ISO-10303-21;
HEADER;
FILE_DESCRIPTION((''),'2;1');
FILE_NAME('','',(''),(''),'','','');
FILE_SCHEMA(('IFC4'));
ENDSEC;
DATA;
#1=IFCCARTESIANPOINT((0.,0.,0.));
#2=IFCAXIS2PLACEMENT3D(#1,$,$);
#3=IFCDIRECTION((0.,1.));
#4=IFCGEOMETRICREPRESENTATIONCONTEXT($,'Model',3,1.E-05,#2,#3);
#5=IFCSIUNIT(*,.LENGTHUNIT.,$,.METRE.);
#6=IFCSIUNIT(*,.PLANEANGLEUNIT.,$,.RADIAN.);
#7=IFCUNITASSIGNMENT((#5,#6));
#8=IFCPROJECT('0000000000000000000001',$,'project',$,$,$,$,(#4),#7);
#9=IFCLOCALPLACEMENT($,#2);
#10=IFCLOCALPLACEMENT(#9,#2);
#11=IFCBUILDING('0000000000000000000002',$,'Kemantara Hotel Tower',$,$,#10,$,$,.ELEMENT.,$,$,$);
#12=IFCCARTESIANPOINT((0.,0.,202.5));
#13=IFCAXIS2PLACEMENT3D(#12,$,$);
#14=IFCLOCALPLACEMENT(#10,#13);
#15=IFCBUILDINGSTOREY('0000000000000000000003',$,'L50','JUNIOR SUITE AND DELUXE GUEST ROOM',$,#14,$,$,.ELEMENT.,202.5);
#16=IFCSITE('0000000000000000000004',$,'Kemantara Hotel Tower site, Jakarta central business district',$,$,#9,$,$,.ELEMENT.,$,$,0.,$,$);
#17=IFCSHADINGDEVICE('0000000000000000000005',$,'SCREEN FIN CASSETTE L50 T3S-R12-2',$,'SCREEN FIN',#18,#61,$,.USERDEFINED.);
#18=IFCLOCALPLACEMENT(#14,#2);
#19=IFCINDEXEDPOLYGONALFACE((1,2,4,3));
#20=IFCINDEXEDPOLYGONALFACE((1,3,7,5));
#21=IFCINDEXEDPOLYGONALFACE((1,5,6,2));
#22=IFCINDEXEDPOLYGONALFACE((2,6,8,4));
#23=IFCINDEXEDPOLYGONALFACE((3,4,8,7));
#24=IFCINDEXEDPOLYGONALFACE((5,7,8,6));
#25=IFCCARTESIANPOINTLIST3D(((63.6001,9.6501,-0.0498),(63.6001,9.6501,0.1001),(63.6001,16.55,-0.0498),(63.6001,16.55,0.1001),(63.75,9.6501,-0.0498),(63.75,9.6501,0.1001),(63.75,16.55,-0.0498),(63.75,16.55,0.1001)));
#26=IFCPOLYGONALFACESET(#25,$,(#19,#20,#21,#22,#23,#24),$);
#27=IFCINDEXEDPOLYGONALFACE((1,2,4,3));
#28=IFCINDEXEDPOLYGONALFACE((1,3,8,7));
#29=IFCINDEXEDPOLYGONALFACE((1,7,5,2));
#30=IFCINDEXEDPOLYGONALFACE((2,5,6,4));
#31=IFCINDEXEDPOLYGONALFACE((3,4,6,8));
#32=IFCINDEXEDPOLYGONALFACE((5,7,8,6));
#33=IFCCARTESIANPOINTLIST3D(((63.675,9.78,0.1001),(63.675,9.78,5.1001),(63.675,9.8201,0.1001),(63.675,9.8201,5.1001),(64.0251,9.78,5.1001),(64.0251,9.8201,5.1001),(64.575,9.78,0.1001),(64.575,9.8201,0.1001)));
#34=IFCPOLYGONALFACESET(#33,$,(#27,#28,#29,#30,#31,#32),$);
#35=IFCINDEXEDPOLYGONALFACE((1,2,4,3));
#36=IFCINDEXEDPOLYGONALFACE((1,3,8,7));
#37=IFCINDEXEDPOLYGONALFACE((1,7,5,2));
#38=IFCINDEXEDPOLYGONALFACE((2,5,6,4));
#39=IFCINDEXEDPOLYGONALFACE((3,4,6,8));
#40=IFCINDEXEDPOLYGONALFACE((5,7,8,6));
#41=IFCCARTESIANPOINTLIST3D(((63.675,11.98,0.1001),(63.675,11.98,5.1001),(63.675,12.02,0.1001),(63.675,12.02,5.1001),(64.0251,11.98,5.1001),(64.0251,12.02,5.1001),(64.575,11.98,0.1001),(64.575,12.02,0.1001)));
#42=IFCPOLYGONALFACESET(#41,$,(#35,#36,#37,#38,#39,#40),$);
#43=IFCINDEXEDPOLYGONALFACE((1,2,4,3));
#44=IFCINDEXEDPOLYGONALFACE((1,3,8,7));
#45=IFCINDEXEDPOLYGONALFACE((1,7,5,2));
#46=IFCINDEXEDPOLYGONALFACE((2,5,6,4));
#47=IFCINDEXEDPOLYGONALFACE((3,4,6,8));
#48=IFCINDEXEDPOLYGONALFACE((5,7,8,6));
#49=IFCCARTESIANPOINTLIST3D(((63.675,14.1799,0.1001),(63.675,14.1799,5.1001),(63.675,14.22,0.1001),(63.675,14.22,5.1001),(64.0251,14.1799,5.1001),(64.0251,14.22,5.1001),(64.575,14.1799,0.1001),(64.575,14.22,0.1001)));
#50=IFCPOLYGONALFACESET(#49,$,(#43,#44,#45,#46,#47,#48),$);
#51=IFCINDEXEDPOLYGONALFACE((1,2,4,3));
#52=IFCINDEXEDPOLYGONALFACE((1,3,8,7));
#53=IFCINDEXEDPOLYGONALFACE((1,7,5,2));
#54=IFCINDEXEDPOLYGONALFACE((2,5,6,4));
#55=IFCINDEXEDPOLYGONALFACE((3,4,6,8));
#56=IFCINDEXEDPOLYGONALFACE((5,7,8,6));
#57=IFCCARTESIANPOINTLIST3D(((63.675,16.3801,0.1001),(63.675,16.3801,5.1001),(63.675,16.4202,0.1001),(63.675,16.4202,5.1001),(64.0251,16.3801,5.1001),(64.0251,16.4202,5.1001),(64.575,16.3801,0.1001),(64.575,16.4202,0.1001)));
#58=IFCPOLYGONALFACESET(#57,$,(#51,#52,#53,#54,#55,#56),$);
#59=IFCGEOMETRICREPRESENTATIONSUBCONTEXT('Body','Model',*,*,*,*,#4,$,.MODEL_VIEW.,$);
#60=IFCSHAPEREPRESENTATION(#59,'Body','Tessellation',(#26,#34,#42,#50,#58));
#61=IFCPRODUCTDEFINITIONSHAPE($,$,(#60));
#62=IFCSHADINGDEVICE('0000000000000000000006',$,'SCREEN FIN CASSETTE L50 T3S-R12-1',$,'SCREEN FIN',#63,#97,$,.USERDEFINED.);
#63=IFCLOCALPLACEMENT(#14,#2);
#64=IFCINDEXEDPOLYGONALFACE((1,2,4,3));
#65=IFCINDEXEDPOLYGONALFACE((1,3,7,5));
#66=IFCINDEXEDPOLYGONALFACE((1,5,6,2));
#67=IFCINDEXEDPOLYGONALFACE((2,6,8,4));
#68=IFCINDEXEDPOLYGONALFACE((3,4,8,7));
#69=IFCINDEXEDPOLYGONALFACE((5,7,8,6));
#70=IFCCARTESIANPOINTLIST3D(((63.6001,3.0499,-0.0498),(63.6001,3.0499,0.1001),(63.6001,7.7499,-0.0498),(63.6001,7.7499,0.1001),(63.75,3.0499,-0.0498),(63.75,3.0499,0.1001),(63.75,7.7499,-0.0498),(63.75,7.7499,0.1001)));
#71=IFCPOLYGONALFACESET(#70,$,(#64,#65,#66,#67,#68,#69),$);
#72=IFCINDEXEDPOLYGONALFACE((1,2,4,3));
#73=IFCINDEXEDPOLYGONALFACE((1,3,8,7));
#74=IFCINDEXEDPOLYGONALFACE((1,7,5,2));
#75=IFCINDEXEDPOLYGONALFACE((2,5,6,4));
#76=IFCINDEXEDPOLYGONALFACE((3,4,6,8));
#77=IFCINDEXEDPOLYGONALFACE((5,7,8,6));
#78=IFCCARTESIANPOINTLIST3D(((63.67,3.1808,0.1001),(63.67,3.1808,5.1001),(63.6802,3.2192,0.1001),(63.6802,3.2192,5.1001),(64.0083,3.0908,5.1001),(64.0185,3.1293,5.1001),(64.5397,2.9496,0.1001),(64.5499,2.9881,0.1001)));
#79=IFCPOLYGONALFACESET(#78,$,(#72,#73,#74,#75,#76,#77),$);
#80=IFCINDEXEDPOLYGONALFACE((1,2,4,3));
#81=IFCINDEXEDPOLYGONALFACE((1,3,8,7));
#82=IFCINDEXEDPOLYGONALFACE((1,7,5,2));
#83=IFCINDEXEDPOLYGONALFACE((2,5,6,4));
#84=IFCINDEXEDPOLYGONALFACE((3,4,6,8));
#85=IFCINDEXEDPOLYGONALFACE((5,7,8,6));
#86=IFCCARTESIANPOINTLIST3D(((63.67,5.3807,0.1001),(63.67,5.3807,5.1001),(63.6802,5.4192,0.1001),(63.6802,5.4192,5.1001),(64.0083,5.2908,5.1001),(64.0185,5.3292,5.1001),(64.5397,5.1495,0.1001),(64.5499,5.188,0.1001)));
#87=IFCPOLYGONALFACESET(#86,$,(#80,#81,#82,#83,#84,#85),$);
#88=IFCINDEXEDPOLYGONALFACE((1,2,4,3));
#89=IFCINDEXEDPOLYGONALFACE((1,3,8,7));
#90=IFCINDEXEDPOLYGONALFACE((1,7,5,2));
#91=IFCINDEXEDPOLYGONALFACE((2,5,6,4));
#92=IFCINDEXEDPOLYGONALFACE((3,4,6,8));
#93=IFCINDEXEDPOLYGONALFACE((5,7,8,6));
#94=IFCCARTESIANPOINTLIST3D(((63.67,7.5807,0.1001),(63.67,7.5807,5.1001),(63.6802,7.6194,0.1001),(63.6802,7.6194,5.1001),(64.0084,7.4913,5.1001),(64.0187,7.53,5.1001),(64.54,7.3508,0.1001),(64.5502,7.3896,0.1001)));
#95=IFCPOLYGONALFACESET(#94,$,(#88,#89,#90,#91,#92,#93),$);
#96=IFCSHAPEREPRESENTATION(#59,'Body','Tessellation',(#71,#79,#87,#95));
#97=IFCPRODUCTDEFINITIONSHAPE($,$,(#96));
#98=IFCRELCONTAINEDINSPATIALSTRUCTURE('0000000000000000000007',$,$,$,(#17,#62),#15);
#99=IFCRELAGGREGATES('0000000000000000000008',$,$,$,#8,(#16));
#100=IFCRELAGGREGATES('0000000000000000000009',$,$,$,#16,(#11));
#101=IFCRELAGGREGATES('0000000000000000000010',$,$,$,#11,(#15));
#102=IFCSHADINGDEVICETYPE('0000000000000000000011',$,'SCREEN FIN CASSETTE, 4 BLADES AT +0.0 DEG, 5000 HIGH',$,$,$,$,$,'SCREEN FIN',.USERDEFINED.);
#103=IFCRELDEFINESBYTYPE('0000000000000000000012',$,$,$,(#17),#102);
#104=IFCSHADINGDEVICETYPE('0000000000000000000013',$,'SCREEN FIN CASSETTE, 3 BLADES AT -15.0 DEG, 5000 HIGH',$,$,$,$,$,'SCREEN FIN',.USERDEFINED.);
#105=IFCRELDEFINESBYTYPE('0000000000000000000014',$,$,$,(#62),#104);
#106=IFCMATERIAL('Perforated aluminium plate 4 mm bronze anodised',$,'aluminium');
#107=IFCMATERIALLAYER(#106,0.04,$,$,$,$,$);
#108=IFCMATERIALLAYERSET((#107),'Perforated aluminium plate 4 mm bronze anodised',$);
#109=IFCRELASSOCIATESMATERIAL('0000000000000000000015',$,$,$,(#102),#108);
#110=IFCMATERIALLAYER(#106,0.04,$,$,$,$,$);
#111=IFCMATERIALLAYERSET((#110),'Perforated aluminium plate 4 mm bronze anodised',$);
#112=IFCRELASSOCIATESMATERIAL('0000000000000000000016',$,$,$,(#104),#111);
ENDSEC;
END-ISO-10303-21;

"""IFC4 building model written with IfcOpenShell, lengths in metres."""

from ifc_helpers import new_model, si_unit, direction, frame, origin, origin_2d, place, context, subcontext, project, spatial, polyline, rectangle, outline, extrude, source, transform, mapped, material, layer, layer_set, type_object, element, save


model = new_model("IFC4")

# Units and contexts
model_context = context("Model", 3, precision=1e-05, world=origin(), true_north=direction((0.0, 1.0)))
body_context = subcontext(model_context, "Body", "Model", "MODEL_VIEW")
ifc_project = project(units=[si_unit("LENGTHUNIT", "METRE"), si_unit("PLANEANGLEUNIT", "RADIAN")], contexts=[model_context])

# Site, building, storey
site_placement = place(None, origin())
site = spatial("IfcSite", under=ifc_project, at=site_placement, Name="Kemantara Hotel Tower site, Jakarta central business district", CompositionType="ELEMENT", RefElevation=0.0)
building_placement = place(site_placement, origin())
building = spatial("IfcBuilding", under=site, at=building_placement, Name="Kemantara Hotel Tower", CompositionType="ELEMENT")
storey_placement = place(building_placement, frame((0.0, 0.0, 202.5)))
storey = spatial("IfcBuildingStorey", under=building, at=storey_placement, Name="L50", Description="JUNIOR SUITE AND DELUXE GUEST ROOM", CompositionType="ELEMENT", Elevation=202.5)

# Shading devices
ifc_material_1 = material(Name="Perforated aluminium plate 4 mm bronze anodised", Category="aluminium")
ifc_layer_1 = layer(ifc_material_1, 0.04)
ifc_layer_set_1 = layer_set([ifc_layer_1], Name="Perforated aluminium plate 4 mm bronze anodised")
shading_device_type_1 = type_object("IfcShadingDeviceType", Name="SCREEN FIN CASSETTE, 4 BLADES AT +0.0 DEG, 5000 HIGH", ElementType="SCREEN FIN", PredefinedType="USERDEFINED", material=ifc_layer_set_1)
shared_shape_1 = source(origin(), body_context, "Body", "SweptSolid", [
    extrude(rectangle(XDim=6.8999, YDim=0.1499, at=origin_2d()), frame((3.3, -0.075, -0.1499), z_axis=(0.0, 0.0, 1.0), x_axis=(1.0, 0.0, 0.0)), (0.0, 0.0, 1.0), 0.1499),
    extrude(outline(polyline([(0.0, 0.0), (0.8999, 0.0), (0.3501, 5.0), (0.0, 5.0), (0.0, 0.0)])), frame((0.02, -0.075, 0.0), z_axis=(-1.0, 0.0, 0.0), x_axis=(0.0, -1.0, 0.0)), (0.0, 0.0, 1.0), 0.04),
    extrude(outline(polyline([(0.0, 0.0), (0.8999, 0.0), (0.3501, 5.0), (0.0, 5.0), (0.0, 0.0)])), frame((2.22, -0.075, 0.0), z_axis=(-1.0, 0.0, 0.0), x_axis=(0.0, -1.0, 0.0)), (0.0, 0.0, 1.0), 0.04),
    extrude(outline(polyline([(0.0, 0.0), (0.8999, 0.0), (0.3501, 5.0), (0.0, 5.0), (0.0, 0.0)])), frame((4.4199, -0.075, 0.0), z_axis=(-1.0, 0.0, 0.0), x_axis=(0.0, -1.0, 0.0)), (0.0, 0.0, 1.0), 0.04),
    extrude(outline(polyline([(0.0, 0.0), (0.8999, 0.0), (0.3501, 5.0), (0.0, 5.0), (0.0, 0.0)])), frame((6.6201, -0.075, 0.0), z_axis=(-1.0, 0.0, 0.0), x_axis=(0.0, -1.0, 0.0)), (0.0, 0.0, 1.0), 0.04),
])
shading_device_1_placement = place(storey_placement, frame((63.6001, 9.8, 0.1001), z_axis=(0.0, 0.0, 1.0), x_axis=(0.0, 1.0, 0.0)))
element("IfcShadingDevice", 1, at=shading_device_1_placement, inside=storey, type_object=shading_device_type_1, Name="SCREEN FIN CASSETTE L50 T3S-R12-2", ObjectType="SCREEN FIN", PredefinedType="USERDEFINED", context=body_context, shape_type="MappedRepresentation", body=[
    mapped(shared_shape_1, transform((0.0, 0.0, 0.0))),
])
ifc_layer_2 = layer(ifc_material_1, 0.04)
ifc_layer_set_2 = layer_set([ifc_layer_2], Name="Perforated aluminium plate 4 mm bronze anodised")
shading_device_type_2 = type_object("IfcShadingDeviceType", Name="SCREEN FIN CASSETTE, 3 BLADES AT -15.0 DEG, 5000 HIGH", ElementType="SCREEN FIN", PredefinedType="USERDEFINED", material=ifc_layer_set_2)
shared_shape_2 = source(origin(), body_context, "Body", "SweptSolid", [
    extrude(rectangle(XDim=4.7, YDim=0.1499, at=origin_2d()), frame((2.2, -0.075, -0.1499), z_axis=(0.0, 0.0, 1.0), x_axis=(1.0, 0.0, 0.0)), (0.0, 0.0, 1.0), 0.1499),
    extrude(outline(polyline([(0.0, 0.0), (0.8999, 0.0), (0.3501, 5.0), (0.0, 5.0), (0.0, 0.0)])), frame((0.0193, -0.0801, 0.0), z_axis=(-0.966438, 0.256901, 0.0), x_axis=(-0.256901, -0.966438, 0.0)), (0.0, 0.0, 1.0), 0.0398),
    extrude(outline(polyline([(0.0, 0.0), (0.8999, 0.0), (0.3501, 5.0), (0.0, 5.0), (0.0, 0.0)])), frame((2.2192, -0.0801, 0.0), z_axis=(-0.966438, 0.256901, 0.0), x_axis=(-0.256901, -0.966438, 0.0)), (0.0, 0.0, 1.0), 0.0398),
    extrude(outline(polyline([(0.0, 0.0), (0.8999, 0.0), (0.3501, 5.0), (0.0, 5.0), (0.0, 0.0)])), frame((4.4194, -0.0801, 0.0), z_axis=(-0.966838, 0.255391, 0.0), x_axis=(-0.255391, -0.966838, 0.0)), (0.0, 0.0, 1.0), 0.04),
])
shading_device_2_placement = place(storey_placement, frame((63.6001, 3.2, 0.1001), z_axis=(0.0, 0.0, 1.0), x_axis=(0.0, 1.0, 0.0)))
element("IfcShadingDevice", 2, at=shading_device_2_placement, inside=storey, type_object=shading_device_type_2, Name="SCREEN FIN CASSETTE L50 T3S-R12-1", ObjectType="SCREEN FIN", PredefinedType="USERDEFINED", context=body_context, shape_type="MappedRepresentation", body=[
    mapped(shared_shape_2, transform((0.0, 0.0, 0.0))),
])

save(model, "model.ifc")
